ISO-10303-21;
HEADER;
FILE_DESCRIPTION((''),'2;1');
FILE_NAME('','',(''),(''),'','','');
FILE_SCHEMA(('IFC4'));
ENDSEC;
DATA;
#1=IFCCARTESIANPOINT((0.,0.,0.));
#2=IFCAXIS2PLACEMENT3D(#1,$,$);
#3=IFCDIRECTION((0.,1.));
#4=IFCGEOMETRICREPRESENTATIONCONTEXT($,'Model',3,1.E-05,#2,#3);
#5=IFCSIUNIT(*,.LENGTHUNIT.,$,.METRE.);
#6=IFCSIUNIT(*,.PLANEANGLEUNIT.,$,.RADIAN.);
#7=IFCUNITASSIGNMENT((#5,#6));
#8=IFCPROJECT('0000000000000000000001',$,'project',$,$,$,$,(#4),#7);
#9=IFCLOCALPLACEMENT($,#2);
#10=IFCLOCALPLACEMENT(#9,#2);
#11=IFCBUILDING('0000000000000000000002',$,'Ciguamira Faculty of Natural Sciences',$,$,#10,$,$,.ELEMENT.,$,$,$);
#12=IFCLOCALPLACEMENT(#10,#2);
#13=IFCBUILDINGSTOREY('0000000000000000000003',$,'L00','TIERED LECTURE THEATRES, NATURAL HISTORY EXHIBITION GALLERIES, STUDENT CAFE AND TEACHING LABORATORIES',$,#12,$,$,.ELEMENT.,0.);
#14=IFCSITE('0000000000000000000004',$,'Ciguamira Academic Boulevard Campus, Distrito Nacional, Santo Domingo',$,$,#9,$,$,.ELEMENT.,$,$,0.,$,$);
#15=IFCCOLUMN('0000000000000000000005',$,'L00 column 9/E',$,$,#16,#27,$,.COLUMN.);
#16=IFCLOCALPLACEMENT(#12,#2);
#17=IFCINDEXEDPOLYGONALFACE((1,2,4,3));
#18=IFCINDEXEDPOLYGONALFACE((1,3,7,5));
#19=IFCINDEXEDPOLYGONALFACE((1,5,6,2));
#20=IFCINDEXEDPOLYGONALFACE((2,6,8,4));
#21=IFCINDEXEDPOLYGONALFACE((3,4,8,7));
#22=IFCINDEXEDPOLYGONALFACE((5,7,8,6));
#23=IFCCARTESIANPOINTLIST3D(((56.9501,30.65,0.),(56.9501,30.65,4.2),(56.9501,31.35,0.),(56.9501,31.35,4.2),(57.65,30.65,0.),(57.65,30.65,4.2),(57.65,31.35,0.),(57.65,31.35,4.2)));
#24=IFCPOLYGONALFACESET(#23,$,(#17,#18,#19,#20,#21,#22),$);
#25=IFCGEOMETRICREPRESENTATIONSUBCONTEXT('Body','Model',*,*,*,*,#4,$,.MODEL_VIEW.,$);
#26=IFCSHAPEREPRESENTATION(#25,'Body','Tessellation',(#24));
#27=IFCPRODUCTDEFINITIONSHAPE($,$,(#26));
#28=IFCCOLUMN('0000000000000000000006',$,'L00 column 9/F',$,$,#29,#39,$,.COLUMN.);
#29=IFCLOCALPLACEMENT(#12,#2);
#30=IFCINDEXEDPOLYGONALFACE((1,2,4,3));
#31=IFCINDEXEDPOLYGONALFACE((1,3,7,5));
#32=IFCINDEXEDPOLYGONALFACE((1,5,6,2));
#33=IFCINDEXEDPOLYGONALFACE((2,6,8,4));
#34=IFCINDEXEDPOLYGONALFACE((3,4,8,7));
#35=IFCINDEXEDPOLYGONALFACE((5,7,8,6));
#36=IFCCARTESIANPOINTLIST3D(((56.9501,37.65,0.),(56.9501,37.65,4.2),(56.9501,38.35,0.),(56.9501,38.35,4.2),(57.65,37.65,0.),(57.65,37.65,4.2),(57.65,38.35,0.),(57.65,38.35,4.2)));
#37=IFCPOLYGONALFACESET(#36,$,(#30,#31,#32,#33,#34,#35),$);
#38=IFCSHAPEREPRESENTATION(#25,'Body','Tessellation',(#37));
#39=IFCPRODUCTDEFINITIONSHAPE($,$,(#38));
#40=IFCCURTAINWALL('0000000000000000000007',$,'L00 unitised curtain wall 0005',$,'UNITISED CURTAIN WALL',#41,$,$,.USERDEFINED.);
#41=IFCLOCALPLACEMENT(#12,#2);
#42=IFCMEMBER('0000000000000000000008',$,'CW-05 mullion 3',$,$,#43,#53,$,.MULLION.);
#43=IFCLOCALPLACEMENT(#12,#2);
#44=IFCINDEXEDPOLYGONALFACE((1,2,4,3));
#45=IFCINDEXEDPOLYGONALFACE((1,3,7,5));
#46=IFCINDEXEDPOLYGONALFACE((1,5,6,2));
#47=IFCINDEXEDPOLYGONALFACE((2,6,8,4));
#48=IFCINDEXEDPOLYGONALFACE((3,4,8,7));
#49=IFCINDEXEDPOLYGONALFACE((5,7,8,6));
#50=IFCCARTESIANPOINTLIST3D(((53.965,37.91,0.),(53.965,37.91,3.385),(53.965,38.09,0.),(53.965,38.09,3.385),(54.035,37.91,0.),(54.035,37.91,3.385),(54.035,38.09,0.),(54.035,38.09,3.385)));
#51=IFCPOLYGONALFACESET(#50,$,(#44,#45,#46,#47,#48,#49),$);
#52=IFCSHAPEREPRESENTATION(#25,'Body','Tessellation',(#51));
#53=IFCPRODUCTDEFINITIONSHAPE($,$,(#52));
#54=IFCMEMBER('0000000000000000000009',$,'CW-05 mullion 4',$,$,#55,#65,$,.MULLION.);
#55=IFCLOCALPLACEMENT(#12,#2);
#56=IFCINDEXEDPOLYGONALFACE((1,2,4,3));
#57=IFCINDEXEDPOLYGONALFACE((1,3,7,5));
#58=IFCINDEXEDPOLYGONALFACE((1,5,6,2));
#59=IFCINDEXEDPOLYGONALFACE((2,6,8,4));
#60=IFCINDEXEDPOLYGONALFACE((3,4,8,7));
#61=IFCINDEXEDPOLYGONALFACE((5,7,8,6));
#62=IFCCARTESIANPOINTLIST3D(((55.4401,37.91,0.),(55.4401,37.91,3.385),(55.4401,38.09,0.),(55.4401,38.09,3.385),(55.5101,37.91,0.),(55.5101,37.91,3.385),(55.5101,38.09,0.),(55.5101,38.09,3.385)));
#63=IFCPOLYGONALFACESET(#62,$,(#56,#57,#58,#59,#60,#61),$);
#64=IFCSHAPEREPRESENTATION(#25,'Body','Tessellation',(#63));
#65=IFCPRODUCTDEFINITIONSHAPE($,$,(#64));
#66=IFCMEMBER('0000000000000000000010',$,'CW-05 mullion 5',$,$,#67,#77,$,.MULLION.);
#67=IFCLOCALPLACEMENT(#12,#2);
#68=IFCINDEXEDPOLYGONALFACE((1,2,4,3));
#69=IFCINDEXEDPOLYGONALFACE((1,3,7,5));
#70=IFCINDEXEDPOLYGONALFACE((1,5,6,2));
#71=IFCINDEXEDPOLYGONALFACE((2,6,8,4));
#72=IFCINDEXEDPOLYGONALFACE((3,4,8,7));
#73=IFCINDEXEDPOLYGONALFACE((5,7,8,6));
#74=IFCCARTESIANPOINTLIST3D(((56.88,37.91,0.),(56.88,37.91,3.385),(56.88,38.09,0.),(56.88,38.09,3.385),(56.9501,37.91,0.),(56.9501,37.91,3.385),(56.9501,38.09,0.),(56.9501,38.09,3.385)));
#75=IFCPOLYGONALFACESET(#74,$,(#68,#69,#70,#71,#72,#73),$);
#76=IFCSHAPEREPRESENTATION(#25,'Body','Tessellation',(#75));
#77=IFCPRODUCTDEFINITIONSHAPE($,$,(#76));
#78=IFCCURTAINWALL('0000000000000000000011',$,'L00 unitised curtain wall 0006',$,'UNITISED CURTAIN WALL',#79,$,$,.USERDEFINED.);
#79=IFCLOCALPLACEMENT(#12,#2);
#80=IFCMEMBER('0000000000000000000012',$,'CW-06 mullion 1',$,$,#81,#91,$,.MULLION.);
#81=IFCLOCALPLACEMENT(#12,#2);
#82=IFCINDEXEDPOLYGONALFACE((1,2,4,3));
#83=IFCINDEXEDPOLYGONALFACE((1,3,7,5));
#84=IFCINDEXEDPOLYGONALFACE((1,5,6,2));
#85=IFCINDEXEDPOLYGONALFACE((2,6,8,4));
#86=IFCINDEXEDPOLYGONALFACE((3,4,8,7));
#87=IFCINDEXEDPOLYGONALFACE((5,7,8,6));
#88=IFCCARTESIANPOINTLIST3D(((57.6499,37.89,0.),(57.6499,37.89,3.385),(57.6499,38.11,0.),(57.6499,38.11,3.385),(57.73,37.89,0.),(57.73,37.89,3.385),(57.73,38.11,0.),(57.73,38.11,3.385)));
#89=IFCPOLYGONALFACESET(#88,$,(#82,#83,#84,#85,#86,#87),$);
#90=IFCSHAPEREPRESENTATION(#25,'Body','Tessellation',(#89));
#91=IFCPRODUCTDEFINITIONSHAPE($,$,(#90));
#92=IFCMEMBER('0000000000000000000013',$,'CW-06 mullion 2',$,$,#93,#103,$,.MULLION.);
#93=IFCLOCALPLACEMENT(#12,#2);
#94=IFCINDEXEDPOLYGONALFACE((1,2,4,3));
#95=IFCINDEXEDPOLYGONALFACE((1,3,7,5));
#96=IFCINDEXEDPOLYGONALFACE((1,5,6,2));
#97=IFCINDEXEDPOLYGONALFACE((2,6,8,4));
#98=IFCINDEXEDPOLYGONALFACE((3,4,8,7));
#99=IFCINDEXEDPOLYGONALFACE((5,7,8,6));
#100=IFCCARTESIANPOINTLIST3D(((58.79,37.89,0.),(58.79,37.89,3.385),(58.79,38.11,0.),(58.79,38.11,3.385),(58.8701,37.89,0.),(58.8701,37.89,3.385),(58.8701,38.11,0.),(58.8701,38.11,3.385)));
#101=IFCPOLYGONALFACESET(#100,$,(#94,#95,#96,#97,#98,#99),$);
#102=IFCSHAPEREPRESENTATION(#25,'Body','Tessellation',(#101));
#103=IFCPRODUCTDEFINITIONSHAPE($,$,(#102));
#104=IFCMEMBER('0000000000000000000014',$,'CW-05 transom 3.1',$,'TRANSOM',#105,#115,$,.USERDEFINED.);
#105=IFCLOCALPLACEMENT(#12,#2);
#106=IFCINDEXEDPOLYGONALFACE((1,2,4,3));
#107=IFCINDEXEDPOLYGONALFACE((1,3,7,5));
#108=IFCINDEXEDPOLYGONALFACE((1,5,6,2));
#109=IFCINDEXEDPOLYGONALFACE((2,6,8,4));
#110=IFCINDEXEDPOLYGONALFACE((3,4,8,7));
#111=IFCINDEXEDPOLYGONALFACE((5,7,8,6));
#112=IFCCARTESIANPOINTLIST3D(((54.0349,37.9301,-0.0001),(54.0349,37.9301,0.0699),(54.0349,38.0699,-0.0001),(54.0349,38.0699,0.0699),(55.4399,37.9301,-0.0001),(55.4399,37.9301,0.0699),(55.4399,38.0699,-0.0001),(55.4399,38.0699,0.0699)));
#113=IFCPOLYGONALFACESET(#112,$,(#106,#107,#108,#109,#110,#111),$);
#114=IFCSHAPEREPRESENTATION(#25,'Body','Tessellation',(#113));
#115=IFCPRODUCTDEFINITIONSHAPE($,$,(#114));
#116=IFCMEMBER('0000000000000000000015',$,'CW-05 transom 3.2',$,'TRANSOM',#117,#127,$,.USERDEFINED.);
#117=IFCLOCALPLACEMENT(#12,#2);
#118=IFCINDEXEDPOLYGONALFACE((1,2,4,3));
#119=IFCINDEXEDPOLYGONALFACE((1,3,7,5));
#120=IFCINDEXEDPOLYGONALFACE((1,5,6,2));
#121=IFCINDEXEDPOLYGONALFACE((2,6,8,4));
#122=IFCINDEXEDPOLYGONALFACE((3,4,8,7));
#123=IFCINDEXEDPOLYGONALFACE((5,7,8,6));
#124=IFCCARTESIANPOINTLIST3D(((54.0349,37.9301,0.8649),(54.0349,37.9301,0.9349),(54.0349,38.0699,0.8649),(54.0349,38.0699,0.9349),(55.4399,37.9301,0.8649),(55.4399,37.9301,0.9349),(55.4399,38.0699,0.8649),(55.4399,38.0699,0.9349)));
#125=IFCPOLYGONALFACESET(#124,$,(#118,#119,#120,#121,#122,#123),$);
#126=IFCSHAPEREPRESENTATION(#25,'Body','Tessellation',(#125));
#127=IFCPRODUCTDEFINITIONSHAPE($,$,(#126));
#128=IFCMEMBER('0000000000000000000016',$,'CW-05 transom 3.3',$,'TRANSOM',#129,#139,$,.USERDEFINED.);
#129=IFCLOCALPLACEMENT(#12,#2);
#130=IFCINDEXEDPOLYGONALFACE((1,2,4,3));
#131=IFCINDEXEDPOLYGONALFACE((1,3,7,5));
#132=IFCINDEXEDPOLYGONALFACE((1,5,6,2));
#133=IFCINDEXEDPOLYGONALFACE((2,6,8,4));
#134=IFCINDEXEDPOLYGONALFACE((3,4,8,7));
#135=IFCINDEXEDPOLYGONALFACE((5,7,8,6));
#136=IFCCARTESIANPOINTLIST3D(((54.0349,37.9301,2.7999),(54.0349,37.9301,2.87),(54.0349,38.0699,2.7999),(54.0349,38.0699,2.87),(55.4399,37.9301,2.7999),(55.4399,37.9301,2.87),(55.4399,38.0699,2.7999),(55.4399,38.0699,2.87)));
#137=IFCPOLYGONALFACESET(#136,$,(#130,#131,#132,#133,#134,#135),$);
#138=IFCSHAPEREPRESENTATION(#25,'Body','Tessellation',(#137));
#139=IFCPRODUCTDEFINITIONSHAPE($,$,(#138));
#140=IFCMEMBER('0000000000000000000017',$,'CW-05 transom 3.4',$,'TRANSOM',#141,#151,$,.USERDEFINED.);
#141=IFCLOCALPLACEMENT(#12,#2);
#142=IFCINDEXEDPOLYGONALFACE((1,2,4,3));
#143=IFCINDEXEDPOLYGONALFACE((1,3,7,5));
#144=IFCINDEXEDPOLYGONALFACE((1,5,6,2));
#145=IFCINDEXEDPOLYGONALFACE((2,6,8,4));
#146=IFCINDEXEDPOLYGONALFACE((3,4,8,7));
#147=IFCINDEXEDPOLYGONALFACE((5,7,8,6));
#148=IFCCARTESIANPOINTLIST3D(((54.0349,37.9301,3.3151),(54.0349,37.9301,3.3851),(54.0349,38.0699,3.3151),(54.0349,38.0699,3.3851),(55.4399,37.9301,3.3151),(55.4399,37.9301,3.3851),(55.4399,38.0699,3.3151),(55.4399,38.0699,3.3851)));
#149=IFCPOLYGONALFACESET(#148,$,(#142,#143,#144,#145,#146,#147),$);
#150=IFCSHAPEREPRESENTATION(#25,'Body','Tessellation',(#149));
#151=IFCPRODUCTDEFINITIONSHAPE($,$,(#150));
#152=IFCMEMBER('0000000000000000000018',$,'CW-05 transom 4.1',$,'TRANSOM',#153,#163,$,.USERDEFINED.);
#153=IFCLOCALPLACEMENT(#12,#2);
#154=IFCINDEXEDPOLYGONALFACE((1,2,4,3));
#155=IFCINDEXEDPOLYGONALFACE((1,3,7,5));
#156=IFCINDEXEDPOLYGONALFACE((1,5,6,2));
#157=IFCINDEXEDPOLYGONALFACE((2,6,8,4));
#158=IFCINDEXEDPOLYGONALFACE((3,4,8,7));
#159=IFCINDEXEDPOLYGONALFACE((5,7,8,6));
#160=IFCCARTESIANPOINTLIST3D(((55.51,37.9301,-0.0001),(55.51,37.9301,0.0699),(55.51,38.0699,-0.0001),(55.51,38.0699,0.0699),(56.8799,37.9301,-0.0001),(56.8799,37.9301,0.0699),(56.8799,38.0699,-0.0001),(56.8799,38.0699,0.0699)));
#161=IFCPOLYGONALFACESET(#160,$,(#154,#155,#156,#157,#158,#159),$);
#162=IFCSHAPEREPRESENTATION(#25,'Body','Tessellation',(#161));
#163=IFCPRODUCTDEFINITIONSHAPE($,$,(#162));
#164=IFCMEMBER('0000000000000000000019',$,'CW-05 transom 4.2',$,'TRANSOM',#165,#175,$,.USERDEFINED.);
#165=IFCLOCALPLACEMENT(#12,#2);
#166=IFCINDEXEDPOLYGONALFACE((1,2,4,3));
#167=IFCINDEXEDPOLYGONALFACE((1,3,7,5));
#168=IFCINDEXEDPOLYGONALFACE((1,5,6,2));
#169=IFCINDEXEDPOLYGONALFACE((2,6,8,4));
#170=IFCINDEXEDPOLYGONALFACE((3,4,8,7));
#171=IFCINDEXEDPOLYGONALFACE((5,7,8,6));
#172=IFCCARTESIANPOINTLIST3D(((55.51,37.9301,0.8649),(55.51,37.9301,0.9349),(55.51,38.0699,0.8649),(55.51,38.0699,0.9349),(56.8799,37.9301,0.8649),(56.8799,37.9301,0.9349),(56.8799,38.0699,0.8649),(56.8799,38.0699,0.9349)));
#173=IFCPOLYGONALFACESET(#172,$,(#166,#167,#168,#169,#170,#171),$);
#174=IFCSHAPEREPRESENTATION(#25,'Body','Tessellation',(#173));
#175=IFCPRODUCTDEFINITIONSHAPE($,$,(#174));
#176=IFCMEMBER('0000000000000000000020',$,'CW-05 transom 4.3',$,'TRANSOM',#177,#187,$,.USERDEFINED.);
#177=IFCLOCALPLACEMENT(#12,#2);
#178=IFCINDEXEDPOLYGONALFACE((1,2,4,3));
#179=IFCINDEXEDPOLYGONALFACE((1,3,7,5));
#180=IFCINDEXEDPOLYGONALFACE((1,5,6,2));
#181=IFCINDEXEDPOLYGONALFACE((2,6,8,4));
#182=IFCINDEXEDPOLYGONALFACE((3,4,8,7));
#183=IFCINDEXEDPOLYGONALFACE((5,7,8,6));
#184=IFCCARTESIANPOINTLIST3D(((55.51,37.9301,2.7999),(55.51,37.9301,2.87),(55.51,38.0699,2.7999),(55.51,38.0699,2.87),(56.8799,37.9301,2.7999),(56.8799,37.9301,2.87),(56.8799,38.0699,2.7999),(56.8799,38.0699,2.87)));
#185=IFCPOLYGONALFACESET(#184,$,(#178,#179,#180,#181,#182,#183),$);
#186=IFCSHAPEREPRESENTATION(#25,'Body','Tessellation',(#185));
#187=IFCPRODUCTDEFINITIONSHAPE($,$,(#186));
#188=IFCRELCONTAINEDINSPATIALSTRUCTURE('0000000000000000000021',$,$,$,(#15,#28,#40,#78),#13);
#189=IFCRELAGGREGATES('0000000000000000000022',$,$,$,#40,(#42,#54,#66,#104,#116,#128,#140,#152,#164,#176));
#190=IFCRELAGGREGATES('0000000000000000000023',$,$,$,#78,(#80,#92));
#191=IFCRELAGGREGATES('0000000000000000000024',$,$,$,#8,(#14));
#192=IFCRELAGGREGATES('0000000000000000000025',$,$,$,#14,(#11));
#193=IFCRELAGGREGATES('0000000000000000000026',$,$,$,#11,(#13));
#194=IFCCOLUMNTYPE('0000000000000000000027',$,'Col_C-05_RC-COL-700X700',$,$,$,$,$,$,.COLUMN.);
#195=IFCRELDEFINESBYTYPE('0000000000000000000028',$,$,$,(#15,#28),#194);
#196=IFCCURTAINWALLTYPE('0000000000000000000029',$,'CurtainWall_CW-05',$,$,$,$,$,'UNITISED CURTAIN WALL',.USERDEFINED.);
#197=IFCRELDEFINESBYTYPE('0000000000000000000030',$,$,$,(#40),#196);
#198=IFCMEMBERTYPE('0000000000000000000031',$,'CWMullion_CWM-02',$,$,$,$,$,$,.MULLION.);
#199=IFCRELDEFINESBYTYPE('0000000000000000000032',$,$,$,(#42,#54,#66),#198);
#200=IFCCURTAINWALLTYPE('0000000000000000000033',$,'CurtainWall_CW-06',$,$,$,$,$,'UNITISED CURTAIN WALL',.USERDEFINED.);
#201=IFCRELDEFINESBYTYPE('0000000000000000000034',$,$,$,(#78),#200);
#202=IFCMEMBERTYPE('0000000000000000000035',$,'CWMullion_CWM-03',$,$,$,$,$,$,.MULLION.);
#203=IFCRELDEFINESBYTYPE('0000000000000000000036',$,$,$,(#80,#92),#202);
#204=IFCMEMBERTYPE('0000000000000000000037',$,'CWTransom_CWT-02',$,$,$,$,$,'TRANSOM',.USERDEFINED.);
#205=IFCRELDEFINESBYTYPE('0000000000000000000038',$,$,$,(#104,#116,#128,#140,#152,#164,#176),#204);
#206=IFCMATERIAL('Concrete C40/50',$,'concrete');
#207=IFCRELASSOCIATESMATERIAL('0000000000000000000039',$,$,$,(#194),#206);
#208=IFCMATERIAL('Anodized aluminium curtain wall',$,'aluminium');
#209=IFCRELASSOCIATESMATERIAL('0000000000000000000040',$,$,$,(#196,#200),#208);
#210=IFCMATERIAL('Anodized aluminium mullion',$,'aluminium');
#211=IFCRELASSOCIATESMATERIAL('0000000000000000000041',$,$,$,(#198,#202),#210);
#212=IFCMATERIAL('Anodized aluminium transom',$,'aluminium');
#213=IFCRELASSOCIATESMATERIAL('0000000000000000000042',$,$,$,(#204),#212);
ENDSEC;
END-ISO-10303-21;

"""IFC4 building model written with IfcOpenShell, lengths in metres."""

from ifc_helpers import new_model, si_unit, direction, frame, origin, origin_2d, place, context, subcontext, project, spatial, rectangle, extrude, material, material_profile, profile_set, type_object, element, aggregate, save


model = new_model("IFC4")

# Units and contexts
model_context = context("Model", 3, precision=1e-05, world=origin(), true_north=direction((0.0, 1.0)))
body_context = subcontext(model_context, "Body", "Model", "MODEL_VIEW")
ifc_project = project(units=[si_unit("LENGTHUNIT", "METRE"), si_unit("PLANEANGLEUNIT", "RADIAN")], contexts=[model_context])

# Site, building, storey
site_placement = place(None, origin())
site = spatial("IfcSite", under=ifc_project, at=site_placement, Name="Ciguamira Academic Boulevard Campus, Distrito Nacional, Santo Domingo", CompositionType="ELEMENT", RefElevation=0.0)
building_placement = place(site_placement, origin())
building = spatial("IfcBuilding", under=site, at=building_placement, Name="Ciguamira Faculty of Natural Sciences", CompositionType="ELEMENT")
storey_placement = place(building_placement, origin())
storey = spatial("IfcBuildingStorey", under=building, at=storey_placement, Name="L00", Description="TIERED LECTURE THEATRES, NATURAL HISTORY EXHIBITION GALLERIES, STUDENT CAFE AND TEACHING LABORATORIES", CompositionType="ELEMENT", Elevation=0.0)

# Columns
ifc_material_1 = material(Name="Concrete C40/50", Category="concrete")
ifc_material_profile_1 = material_profile(ifc_material_1, rectangle(XDim=0.7, YDim=0.7, at=origin_2d()), Name="RC-COL-700X700")
ifc_profile_set_1 = profile_set([ifc_material_profile_1], Name="Concrete C40/50")
column_type = type_object("IfcColumnType", Name="Col_C-05_RC-COL-700X700", PredefinedType="COLUMN", material=ifc_profile_set_1)
for number, where, z_axis, x_axis, name in (
    (1, (57.3, 31.0, 0.0), (0.0, 0.0, 1.0), (1.0, 0.0, 0.0), "L00 column 9/E"),
    (2, (57.3, 38.0, 0.0), (0.0, 0.0, 1.0), (1.0, 0.0, 0.0), "L00 column 9/F"),
):
    element("IfcColumn", number, at=place(storey_placement, frame(where, z_axis=z_axis, x_axis=x_axis)), inside=storey, type_object=column_type, Name=name, PredefinedType="COLUMN", context=body_context, shape_type="SweptSolid", body=[
        extrude(rectangle(XDim=0.7, YDim=0.7, at=origin_2d()), origin(), (0.0, 0.0, 1.0), 4.2),
    ])

# Curtain walls, members
ifc_material_2 = material(Name="Anodized aluminium curtain wall", Category="aluminium")
curtain_wall_type_1 = type_object("IfcCurtainWallType", Name="CurtainWall_CW-05", ElementType="UNITISED CURTAIN WALL", PredefinedType="USERDEFINED", material=ifc_material_2)
curtain_wall_1_placement = place(storey_placement, origin())
curtain_wall_1 = element("IfcCurtainWall", 3, at=curtain_wall_1_placement, inside=storey, type_object=curtain_wall_type_1, Name="L00 unitised curtain wall 0005", ObjectType="UNITISED CURTAIN WALL", PredefinedType="USERDEFINED")
ifc_material_3 = material(Name="Anodized aluminium mullion", Category="aluminium")
ifc_material_profile_2 = material_profile(ifc_material_3, rectangle(XDim=0.0701, YDim=0.1799, at=origin_2d()), Name="ALU-MUL-70X180")
ifc_profile_set_2 = profile_set([ifc_material_profile_2], Name="Anodized aluminium mullion")
member_type_1 = type_object("IfcMemberType", Name="CWMullion_CWM-02", PredefinedType="MULLION", material=ifc_profile_set_2)
member_1_placement = place(storey_placement, frame((54.0, 38.0, 0.0), z_axis=(0.0, 0.0, 1.0), x_axis=(1.0, 0.0, 0.0)))
member_1 = element("IfcMember", 4, at=member_1_placement, type_object=member_type_1, Name="CW-05 mullion 3", PredefinedType="MULLION", context=body_context, shape_type="SweptSolid", body=[
    extrude(rectangle(XDim=0.0701, YDim=0.1799, at=origin_2d()), origin(), (0.0, 0.0, 1.0), 3.385),
])
member_2_placement = place(storey_placement, frame((55.4751, 38.0, 0.0), z_axis=(0.0, 0.0, 1.0), x_axis=(1.0, 0.0, 0.0)))
member_2 = element("IfcMember", 5, at=member_2_placement, type_object=member_type_1, Name="CW-05 mullion 4", PredefinedType="MULLION", context=body_context, shape_type="SweptSolid", body=[
    extrude(rectangle(XDim=0.0701, YDim=0.1799, at=origin_2d()), origin(), (0.0, 0.0, 1.0), 3.385),
])
member_3_placement = place(storey_placement, frame((56.915, 38.0, 0.0), z_axis=(0.0, 0.0, 1.0), x_axis=(1.0, 0.0, 0.0)))
member_3 = element("IfcMember", 6, at=member_3_placement, type_object=member_type_1, Name="CW-05 mullion 5", PredefinedType="MULLION", context=body_context, shape_type="SweptSolid", body=[
    extrude(rectangle(XDim=0.0701, YDim=0.1799, at=origin_2d()), origin(), (0.0, 0.0, 1.0), 3.385),
])
curtain_wall_type_2 = type_object("IfcCurtainWallType", Name="CurtainWall_CW-06", ElementType="UNITISED CURTAIN WALL", PredefinedType="USERDEFINED", material=ifc_material_2)
curtain_wall_2_placement = place(storey_placement, origin())
curtain_wall_2 = element("IfcCurtainWall", 7, at=curtain_wall_2_placement, inside=storey, type_object=curtain_wall_type_2, Name="L00 unitised curtain wall 0006", ObjectType="UNITISED CURTAIN WALL", PredefinedType="USERDEFINED")
ifc_material_profile_3 = material_profile(ifc_material_3, rectangle(XDim=0.0801, YDim=0.22, at=origin_2d()), Name="ALU-MUL-80X220")
ifc_profile_set_3 = profile_set([ifc_material_profile_3], Name="Anodized aluminium mullion")
member_type_2 = type_object("IfcMemberType", Name="CWMullion_CWM-03", PredefinedType="MULLION", material=ifc_profile_set_3)
member_4_placement = place(storey_placement, frame((57.6899, 38.0, 0.0), z_axis=(0.0, 0.0, 1.0), x_axis=(1.0, 0.0, 0.0)))
member_4 = element("IfcMember", 8, at=member_4_placement, type_object=member_type_2, Name="CW-06 mullion 1", PredefinedType="MULLION", context=body_context, shape_type="SweptSolid", body=[
    extrude(rectangle(XDim=0.0801, YDim=0.22, at=origin_2d()), origin(), (0.0, 0.0, 1.0), 3.385),
])
member_5_placement = place(storey_placement, frame((58.8301, 38.0, 0.0), z_axis=(0.0, 0.0, 1.0), x_axis=(1.0, 0.0, 0.0)))
member_5 = element("IfcMember", 9, at=member_5_placement, type_object=member_type_2, Name="CW-06 mullion 2", PredefinedType="MULLION", context=body_context, shape_type="SweptSolid", body=[
    extrude(rectangle(XDim=0.0801, YDim=0.22, at=origin_2d()), origin(), (0.0, 0.0, 1.0), 3.385),
])

# Members
ifc_material_4 = material(Name="Anodized aluminium transom", Category="aluminium")
ifc_material_profile_4 = material_profile(ifc_material_4, rectangle(XDim=0.0701, YDim=0.1399, at=origin_2d()), Name="ALU-TRN-70X140")
ifc_profile_set_4 = profile_set([ifc_material_profile_4], Name="Anodized aluminium transom")
member_type_3 = type_object("IfcMemberType", Name="CWTransom_CWT-02", ElementType="TRANSOM", PredefinedType="USERDEFINED", material=ifc_profile_set_4)
member_6_placement = place(storey_placement, frame((54.0349, 38.0, 0.0349), z_axis=(1.0, 0.0, 0.0), x_axis=(0.0, 0.0, 1.0)))
member_6 = element("IfcMember", 10, at=member_6_placement, type_object=member_type_3, Name="CW-05 transom 3.1", ObjectType="TRANSOM", PredefinedType="USERDEFINED", context=body_context, shape_type="SweptSolid", body=[
    extrude(rectangle(XDim=0.0701, YDim=0.1399, at=origin_2d()), origin(), (0.0, 0.0, 1.0), 1.405),
])
member_7_placement = place(storey_placement, frame((54.0349, 38.0, 0.8999), z_axis=(1.0, 0.0, 0.0), x_axis=(0.0, 0.0, 1.0)))
member_7 = element("IfcMember", 11, at=member_7_placement, type_object=member_type_3, Name="CW-05 transom 3.2", ObjectType="TRANSOM", PredefinedType="USERDEFINED", context=body_context, shape_type="SweptSolid", body=[
    extrude(rectangle(XDim=0.0701, YDim=0.1399, at=origin_2d()), origin(), (0.0, 0.0, 1.0), 1.405),
])
member_8_placement = place(storey_placement, frame((54.0349, 38.0, 2.835), z_axis=(1.0, 0.0, 0.0), x_axis=(0.0, 0.0, 1.0)))
member_8 = element("IfcMember", 12, at=member_8_placement, type_object=member_type_3, Name="CW-05 transom 3.3", ObjectType="TRANSOM", PredefinedType="USERDEFINED", context=body_context, shape_type="SweptSolid", body=[
    extrude(rectangle(XDim=0.0701, YDim=0.1399, at=origin_2d()), origin(), (0.0, 0.0, 1.0), 1.405),
])
member_9_placement = place(storey_placement, frame((54.0349, 38.0, 3.3501), z_axis=(1.0, 0.0, 0.0), x_axis=(0.0, 0.0, 1.0)))
member_9 = element("IfcMember", 13, at=member_9_placement, type_object=member_type_3, Name="CW-05 transom 3.4", ObjectType="TRANSOM", PredefinedType="USERDEFINED", context=body_context, shape_type="SweptSolid", body=[
    extrude(rectangle(XDim=0.0701, YDim=0.1399, at=origin_2d()), origin(), (0.0, 0.0, 1.0), 1.405),
])
member_10_placement = place(storey_placement, frame((55.51, 38.0, 0.0349), z_axis=(1.0, 0.0, 0.0), x_axis=(0.0, 0.0, 1.0)))
member_10 = element("IfcMember", 14, at=member_10_placement, type_object=member_type_3, Name="CW-05 transom 4.1", ObjectType="TRANSOM", PredefinedType="USERDEFINED", context=body_context, shape_type="SweptSolid", body=[
    extrude(rectangle(XDim=0.0701, YDim=0.1399, at=origin_2d()), origin(), (0.0, 0.0, 1.0), 1.3699),
])
member_11_placement = place(storey_placement, frame((55.51, 38.0, 0.8999), z_axis=(1.0, 0.0, 0.0), x_axis=(0.0, 0.0, 1.0)))
member_11 = element("IfcMember", 15, at=member_11_placement, type_object=member_type_3, Name="CW-05 transom 4.2", ObjectType="TRANSOM", PredefinedType="USERDEFINED", context=body_context, shape_type="SweptSolid", body=[
    extrude(rectangle(XDim=0.0701, YDim=0.1399, at=origin_2d()), origin(), (0.0, 0.0, 1.0), 1.3699),
])
member_12_placement = place(storey_placement, frame((55.51, 38.0, 2.835), z_axis=(1.0, 0.0, 0.0), x_axis=(0.0, 0.0, 1.0)))
member_12 = element("IfcMember", 16, at=member_12_placement, type_object=member_type_3, Name="CW-05 transom 4.3", ObjectType="TRANSOM", PredefinedType="USERDEFINED", context=body_context, shape_type="SweptSolid", body=[
    extrude(rectangle(XDim=0.0701, YDim=0.1399, at=origin_2d()), origin(), (0.0, 0.0, 1.0), 1.3699),
])

aggregate(curtain_wall_1, [member_1, member_2, member_3, member_6, member_7, member_8, member_9, member_10, member_11, member_12])
aggregate(curtain_wall_2, [member_4, member_5])

save(model, "model.ifc")
